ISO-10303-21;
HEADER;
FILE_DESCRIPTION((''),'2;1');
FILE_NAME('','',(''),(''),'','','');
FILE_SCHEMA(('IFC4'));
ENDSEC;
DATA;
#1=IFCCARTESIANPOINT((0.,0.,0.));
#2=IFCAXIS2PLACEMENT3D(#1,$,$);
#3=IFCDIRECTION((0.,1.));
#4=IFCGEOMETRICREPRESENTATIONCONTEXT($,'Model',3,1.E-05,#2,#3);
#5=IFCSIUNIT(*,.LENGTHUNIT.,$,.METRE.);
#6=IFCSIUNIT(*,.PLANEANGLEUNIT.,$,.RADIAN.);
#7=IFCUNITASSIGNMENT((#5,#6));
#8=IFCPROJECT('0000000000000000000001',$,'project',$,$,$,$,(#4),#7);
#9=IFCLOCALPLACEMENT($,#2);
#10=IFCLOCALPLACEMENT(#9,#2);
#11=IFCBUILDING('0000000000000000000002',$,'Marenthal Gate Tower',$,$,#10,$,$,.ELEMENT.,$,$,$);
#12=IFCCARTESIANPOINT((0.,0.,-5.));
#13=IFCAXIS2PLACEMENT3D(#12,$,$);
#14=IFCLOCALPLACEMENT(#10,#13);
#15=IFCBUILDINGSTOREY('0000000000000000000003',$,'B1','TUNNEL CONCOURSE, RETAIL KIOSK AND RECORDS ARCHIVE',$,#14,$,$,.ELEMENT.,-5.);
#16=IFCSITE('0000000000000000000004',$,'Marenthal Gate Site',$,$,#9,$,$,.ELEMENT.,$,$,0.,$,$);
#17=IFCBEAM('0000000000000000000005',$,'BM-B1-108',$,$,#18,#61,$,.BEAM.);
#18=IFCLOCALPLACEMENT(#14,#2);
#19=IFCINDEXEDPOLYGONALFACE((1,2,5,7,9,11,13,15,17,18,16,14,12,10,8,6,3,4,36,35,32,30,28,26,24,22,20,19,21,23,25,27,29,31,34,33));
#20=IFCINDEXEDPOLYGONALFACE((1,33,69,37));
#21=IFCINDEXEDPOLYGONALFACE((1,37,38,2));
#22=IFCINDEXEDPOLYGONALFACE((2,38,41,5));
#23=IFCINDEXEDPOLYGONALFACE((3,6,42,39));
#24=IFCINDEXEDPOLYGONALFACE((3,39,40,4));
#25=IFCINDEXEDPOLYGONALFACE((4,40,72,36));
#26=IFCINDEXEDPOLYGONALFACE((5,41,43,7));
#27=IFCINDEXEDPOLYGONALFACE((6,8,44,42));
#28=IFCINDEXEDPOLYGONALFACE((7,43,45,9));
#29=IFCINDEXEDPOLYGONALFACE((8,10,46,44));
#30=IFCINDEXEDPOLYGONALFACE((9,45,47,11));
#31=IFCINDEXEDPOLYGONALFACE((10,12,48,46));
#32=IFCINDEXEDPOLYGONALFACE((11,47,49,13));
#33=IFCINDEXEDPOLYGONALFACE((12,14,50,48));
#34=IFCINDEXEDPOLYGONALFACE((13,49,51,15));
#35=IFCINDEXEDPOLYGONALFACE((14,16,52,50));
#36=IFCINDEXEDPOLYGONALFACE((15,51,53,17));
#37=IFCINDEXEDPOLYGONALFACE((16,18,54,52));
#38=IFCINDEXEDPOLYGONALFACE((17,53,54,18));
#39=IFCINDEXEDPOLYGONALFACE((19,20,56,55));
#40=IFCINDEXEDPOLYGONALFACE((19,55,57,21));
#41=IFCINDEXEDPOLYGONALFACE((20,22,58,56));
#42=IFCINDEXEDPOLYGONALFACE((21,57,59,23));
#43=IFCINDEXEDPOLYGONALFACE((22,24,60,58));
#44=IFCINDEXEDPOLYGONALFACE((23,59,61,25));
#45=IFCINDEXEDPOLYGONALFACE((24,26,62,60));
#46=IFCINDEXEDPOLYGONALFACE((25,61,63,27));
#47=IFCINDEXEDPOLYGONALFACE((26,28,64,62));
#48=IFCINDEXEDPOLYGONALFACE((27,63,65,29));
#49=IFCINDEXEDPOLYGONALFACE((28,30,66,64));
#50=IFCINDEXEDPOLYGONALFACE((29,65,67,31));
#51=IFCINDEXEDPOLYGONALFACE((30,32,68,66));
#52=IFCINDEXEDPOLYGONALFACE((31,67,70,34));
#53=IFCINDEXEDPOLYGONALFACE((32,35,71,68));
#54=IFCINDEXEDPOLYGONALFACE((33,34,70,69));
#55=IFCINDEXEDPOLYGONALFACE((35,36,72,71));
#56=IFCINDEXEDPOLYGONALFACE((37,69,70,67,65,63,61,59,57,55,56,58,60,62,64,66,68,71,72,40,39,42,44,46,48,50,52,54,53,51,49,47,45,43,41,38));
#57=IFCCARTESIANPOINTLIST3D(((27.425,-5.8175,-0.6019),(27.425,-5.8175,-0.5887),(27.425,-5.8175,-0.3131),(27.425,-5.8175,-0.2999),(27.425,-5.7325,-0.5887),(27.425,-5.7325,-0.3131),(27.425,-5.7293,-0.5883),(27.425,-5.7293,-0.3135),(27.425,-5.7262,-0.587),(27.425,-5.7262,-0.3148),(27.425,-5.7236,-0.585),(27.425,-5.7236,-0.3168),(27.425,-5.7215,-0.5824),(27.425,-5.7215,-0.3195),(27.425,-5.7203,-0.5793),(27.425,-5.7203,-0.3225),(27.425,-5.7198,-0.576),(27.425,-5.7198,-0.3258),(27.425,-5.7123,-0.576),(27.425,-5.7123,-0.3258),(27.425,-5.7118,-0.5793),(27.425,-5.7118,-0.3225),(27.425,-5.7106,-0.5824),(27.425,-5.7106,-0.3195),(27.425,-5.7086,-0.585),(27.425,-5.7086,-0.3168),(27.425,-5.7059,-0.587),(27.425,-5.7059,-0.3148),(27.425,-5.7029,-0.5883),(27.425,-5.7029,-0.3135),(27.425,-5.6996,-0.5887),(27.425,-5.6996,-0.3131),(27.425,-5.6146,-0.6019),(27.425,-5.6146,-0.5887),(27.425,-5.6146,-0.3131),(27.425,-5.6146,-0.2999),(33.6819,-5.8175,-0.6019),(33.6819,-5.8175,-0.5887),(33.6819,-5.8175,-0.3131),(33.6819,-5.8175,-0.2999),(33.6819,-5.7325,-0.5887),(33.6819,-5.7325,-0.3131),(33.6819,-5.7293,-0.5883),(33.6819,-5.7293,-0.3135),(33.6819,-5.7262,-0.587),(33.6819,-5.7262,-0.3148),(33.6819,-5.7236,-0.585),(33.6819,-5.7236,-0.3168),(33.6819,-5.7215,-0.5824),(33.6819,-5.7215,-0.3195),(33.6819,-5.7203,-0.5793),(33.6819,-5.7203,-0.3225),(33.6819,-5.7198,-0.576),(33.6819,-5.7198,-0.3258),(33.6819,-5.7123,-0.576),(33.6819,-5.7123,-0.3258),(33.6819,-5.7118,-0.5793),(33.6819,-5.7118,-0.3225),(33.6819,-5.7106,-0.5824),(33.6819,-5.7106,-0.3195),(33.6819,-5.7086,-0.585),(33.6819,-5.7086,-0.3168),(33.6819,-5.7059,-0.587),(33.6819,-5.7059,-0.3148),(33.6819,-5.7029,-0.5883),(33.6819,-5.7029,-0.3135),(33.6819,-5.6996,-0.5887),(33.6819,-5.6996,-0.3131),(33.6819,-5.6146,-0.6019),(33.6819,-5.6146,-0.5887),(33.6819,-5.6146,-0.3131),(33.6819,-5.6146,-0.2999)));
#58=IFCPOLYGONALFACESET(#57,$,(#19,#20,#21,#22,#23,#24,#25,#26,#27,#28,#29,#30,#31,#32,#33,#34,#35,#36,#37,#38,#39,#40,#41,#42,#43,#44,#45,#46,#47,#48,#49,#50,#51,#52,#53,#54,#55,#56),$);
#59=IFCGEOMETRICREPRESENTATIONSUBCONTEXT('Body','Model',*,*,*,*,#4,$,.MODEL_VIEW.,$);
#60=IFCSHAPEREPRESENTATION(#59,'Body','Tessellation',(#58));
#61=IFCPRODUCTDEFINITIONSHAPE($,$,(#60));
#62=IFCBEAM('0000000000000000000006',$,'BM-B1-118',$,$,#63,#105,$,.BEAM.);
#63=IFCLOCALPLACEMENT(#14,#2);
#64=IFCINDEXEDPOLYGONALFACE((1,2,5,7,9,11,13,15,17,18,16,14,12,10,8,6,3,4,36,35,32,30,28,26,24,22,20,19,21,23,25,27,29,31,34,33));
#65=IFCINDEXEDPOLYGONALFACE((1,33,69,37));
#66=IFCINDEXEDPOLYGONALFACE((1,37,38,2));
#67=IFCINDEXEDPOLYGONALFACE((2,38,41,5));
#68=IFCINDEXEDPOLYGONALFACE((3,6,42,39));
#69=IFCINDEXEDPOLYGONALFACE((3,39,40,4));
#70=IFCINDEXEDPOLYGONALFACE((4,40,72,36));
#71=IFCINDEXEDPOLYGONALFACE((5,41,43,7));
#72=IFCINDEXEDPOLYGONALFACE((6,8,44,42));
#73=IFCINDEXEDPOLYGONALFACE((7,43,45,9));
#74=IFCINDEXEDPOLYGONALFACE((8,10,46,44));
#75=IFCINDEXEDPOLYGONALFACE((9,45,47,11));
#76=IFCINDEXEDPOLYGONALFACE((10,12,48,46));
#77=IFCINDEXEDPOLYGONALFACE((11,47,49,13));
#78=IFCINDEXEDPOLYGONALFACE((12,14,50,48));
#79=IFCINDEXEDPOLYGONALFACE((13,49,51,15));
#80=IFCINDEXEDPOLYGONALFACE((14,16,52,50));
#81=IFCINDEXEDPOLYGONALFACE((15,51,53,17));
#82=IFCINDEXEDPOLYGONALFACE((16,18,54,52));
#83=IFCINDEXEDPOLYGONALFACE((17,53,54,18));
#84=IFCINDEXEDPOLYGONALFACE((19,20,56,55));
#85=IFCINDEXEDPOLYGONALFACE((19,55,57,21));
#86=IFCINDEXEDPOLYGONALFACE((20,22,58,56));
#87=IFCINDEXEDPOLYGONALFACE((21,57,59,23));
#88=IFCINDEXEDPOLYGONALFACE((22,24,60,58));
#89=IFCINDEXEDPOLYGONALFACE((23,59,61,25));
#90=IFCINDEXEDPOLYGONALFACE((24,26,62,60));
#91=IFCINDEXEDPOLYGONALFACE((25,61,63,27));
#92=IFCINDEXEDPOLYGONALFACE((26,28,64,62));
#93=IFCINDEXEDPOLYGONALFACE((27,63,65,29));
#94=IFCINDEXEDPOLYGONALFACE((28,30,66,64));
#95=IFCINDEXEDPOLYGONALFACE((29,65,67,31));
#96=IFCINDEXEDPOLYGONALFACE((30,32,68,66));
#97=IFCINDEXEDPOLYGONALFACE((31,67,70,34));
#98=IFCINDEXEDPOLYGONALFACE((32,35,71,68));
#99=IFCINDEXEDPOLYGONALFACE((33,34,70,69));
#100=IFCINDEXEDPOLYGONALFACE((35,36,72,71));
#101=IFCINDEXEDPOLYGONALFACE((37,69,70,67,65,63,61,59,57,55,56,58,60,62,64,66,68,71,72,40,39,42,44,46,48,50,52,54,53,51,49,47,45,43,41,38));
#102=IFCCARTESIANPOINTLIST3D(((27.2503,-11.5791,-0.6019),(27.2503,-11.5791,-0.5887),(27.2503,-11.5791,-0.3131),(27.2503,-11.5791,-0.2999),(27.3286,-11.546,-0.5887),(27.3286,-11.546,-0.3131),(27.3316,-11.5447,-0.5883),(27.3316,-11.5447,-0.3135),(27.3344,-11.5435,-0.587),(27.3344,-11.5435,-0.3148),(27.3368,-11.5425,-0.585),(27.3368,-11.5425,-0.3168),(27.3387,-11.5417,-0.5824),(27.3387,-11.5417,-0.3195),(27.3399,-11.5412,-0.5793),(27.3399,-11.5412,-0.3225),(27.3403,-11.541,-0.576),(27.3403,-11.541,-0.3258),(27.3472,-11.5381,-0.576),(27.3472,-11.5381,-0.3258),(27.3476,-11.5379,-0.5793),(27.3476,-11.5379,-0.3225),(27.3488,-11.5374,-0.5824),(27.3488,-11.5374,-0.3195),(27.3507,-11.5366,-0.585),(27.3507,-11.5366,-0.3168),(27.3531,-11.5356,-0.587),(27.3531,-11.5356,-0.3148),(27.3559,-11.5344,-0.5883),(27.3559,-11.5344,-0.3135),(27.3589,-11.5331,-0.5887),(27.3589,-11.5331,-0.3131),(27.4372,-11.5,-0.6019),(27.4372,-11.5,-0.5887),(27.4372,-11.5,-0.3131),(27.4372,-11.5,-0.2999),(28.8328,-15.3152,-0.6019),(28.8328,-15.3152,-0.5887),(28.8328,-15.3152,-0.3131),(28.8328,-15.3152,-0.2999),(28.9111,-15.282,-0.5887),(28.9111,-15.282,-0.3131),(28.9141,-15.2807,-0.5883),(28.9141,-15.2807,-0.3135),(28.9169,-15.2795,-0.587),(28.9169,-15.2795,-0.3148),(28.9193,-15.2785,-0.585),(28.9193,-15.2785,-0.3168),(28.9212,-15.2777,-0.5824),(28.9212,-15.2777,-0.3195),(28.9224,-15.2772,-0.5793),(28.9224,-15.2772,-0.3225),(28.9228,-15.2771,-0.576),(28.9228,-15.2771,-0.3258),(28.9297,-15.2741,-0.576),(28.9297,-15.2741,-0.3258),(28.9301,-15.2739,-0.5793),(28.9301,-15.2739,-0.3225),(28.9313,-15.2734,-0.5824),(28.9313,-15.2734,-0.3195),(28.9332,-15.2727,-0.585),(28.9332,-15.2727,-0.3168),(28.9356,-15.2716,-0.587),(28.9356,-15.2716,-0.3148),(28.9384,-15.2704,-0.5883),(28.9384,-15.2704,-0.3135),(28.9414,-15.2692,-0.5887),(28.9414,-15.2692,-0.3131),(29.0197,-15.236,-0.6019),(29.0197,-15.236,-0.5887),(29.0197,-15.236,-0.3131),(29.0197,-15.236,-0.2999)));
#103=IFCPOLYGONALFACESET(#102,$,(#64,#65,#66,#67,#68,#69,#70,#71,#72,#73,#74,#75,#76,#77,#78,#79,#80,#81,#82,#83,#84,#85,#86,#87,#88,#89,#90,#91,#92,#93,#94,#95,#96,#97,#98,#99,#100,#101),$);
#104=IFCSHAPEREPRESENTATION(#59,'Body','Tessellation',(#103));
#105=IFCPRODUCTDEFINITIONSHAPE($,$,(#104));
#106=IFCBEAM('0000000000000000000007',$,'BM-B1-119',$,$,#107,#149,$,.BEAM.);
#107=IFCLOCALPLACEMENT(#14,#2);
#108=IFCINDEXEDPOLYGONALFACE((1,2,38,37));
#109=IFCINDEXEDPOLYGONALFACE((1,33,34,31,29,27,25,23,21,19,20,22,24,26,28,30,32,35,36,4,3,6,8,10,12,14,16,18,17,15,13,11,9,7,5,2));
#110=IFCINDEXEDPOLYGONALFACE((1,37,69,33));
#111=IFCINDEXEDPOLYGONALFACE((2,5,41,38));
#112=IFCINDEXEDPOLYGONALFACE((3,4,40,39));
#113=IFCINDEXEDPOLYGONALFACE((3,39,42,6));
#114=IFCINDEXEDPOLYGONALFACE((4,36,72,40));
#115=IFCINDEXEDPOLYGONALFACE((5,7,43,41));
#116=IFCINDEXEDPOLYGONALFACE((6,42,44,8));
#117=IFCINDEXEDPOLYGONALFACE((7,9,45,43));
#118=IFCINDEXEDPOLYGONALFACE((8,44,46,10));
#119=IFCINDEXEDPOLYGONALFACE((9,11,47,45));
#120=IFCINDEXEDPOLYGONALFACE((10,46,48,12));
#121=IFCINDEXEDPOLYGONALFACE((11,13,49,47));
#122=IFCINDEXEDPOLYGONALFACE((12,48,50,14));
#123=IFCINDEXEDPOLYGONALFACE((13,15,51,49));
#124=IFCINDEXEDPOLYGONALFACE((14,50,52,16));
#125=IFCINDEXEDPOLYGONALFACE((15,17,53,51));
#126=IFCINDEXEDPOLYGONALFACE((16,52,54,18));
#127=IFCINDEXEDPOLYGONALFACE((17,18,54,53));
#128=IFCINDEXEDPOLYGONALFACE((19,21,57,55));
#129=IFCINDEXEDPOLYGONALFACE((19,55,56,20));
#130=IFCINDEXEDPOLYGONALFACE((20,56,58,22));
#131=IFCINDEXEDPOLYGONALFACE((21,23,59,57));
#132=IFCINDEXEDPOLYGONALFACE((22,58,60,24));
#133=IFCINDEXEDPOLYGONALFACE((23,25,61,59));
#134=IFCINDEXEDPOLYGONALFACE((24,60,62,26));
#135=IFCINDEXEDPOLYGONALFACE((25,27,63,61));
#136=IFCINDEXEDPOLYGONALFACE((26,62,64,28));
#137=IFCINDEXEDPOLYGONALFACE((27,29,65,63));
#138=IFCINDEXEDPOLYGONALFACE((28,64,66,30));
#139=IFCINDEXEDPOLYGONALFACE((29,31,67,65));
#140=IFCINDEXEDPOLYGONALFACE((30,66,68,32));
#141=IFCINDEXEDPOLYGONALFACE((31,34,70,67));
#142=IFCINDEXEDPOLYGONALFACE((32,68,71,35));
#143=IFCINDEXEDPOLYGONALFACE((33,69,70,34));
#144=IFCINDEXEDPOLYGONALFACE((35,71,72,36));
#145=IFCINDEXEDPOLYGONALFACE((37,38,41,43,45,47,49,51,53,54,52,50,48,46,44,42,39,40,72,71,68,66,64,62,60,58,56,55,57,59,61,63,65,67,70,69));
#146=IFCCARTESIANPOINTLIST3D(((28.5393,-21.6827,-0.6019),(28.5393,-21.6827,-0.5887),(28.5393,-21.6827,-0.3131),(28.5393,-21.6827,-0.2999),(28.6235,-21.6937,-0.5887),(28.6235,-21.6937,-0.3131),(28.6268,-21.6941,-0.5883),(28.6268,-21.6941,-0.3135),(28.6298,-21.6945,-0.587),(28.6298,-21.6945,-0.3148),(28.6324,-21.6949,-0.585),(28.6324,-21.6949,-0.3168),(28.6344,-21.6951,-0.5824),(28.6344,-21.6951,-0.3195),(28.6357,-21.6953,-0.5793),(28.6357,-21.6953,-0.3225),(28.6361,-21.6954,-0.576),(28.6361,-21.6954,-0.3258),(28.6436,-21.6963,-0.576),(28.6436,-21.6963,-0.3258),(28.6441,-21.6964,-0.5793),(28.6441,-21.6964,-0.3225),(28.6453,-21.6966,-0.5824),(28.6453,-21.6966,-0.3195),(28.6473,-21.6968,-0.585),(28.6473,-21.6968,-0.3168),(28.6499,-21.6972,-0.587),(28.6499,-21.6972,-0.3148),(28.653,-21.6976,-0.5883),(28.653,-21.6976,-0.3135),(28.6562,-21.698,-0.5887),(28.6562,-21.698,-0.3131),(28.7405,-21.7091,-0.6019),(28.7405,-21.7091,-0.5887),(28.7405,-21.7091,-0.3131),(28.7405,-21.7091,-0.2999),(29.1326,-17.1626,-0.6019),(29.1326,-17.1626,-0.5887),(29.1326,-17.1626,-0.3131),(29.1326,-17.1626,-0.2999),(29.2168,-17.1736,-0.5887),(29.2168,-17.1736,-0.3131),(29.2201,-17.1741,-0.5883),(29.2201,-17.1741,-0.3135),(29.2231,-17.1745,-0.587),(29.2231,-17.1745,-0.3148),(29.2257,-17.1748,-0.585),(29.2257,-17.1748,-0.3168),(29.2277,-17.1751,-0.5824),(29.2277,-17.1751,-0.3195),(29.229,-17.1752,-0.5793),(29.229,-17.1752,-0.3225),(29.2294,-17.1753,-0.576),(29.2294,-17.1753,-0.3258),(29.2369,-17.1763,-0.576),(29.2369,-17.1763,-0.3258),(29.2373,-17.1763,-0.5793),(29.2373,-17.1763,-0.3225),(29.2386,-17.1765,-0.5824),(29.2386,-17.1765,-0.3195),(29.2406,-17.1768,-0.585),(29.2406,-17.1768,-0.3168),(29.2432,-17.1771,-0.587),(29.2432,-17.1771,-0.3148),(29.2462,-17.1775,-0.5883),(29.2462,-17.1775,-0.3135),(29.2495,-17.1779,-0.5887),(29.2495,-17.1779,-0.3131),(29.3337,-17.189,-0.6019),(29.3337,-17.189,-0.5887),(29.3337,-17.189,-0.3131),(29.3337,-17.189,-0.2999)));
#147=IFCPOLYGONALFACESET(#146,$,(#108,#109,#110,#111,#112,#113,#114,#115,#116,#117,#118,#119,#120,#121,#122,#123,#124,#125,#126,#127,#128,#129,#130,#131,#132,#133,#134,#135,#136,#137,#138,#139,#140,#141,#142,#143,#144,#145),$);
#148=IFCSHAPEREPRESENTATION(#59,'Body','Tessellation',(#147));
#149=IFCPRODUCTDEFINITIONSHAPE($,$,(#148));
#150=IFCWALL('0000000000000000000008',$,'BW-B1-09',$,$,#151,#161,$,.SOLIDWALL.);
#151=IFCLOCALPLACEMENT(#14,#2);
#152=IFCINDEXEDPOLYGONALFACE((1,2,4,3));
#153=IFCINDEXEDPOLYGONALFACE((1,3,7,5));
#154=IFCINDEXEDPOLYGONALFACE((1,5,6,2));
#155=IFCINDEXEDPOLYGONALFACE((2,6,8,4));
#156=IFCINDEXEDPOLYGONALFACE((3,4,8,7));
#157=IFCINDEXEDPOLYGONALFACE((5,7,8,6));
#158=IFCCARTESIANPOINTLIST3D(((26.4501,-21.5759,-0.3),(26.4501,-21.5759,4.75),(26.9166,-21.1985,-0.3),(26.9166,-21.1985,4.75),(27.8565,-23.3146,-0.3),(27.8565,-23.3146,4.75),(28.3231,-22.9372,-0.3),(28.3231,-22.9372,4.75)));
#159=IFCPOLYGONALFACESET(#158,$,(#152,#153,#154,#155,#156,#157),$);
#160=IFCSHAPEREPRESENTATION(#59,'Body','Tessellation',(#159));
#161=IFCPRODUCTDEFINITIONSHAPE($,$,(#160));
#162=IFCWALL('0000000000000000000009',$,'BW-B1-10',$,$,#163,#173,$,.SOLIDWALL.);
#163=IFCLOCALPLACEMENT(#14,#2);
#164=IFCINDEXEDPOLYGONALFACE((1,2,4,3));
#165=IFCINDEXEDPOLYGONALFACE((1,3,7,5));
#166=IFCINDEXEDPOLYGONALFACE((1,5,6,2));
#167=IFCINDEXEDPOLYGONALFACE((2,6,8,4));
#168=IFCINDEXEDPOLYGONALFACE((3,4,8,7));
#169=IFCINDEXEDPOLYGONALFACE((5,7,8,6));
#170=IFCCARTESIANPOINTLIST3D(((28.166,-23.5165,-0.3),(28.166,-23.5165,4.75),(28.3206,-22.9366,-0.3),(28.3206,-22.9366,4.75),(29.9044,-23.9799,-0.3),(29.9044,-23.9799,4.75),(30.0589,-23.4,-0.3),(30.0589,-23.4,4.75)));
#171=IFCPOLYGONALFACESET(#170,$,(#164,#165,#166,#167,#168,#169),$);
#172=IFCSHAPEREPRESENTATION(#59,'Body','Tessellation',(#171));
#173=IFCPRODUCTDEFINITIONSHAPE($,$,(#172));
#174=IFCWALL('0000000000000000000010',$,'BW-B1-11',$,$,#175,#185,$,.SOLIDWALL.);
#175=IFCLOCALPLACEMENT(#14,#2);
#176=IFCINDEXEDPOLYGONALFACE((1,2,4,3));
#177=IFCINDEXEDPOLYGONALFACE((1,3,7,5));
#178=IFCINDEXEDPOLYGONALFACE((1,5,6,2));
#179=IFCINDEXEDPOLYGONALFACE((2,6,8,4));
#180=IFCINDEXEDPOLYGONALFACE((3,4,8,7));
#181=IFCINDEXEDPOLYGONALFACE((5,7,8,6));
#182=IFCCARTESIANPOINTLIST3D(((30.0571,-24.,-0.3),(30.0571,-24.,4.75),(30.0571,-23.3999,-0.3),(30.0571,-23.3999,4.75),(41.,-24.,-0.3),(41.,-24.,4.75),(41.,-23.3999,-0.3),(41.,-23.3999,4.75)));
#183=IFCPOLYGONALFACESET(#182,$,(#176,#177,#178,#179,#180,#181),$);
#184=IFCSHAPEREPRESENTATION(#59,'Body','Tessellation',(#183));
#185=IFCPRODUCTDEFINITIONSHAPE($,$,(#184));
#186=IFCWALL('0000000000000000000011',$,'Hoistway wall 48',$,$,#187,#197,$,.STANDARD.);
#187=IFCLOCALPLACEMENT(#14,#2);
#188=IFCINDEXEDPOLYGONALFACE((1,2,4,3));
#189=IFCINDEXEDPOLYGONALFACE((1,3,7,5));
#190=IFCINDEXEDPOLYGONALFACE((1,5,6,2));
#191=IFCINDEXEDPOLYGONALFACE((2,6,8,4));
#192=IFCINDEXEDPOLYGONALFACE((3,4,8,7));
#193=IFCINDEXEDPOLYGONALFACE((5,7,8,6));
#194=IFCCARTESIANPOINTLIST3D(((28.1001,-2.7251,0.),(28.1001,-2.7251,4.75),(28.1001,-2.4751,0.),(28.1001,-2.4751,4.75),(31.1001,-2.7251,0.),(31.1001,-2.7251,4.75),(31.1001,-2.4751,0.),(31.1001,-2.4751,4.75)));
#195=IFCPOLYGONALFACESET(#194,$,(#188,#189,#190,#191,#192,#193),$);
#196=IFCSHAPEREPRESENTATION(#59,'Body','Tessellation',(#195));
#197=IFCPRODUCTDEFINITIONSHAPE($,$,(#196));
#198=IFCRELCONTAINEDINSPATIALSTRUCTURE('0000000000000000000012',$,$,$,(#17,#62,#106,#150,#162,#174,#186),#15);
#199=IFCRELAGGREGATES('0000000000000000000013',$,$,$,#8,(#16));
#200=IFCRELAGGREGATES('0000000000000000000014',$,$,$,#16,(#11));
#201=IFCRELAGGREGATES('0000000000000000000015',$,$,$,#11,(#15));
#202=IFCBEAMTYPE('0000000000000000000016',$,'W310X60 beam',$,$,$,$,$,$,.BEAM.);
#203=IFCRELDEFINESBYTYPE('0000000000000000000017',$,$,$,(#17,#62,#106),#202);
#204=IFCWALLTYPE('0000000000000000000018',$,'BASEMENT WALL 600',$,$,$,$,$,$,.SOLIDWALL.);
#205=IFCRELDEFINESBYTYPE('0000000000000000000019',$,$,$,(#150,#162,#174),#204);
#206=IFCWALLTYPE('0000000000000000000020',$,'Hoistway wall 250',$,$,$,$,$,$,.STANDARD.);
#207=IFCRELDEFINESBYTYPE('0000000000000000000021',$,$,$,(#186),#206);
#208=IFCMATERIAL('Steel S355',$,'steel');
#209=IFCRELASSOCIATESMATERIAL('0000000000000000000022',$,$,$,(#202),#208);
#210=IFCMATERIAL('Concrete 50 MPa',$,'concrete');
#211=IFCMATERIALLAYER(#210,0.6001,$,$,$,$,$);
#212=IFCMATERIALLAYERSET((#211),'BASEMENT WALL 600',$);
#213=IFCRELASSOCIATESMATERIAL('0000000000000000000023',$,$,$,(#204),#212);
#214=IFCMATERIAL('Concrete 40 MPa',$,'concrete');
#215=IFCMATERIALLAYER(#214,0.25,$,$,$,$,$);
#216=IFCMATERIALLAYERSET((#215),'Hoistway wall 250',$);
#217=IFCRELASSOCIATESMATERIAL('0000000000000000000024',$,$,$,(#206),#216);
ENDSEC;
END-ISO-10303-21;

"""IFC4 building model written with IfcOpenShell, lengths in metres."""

from ifc_helpers import new_model, si_unit, direction, frame, frame_2d, origin, origin_2d, place, context, subcontext, project, spatial, rectangle, i_section, extrude, material, layer, layer_set, material_profile, profile_set, type_object, element, save


model = new_model("IFC4")

# Units and contexts
model_context = context("Model", 3, precision=1e-05, world=origin(), true_north=direction((0.0, 1.0)))
body_context = subcontext(model_context, "Body", "Model", "MODEL_VIEW")
ifc_project = project(units=[si_unit("LENGTHUNIT", "METRE"), si_unit("PLANEANGLEUNIT", "RADIAN")], contexts=[model_context])

# Site, building, storey
site_placement = place(None, origin())
site = spatial("IfcSite", under=ifc_project, at=site_placement, Name="Marenthal Gate Site", CompositionType="ELEMENT", RefElevation=0.0)
building_placement = place(site_placement, origin())
building = spatial("IfcBuilding", under=site, at=building_placement, Name="Marenthal Gate Tower", CompositionType="ELEMENT")
storey_placement = place(building_placement, frame((0.0, 0.0, -5.0)))
storey = spatial("IfcBuildingStorey", under=building, at=storey_placement, Name="B1", Description="TUNNEL CONCOURSE, RETAIL KIOSK AND RECORDS ARCHIVE", CompositionType="ELEMENT", Elevation=-5.0)

# Beams
ifc_material_1 = material(Name="Steel S355", Category="steel")
ifc_material_profile_1 = material_profile(ifc_material_1, i_section(OverallWidth=0.2029, OverallDepth=0.302, WebThickness=0.0076, FlangeThickness=0.0132, FilletRadius=0.0127, at=origin_2d()), Name="W310X60")
ifc_profile_set_1 = profile_set([ifc_material_profile_1], Name="Steel S355")
beam_type_1 = type_object("IfcBeamType", Name="W310X60 beam", PredefinedType="BEAM", material=ifc_profile_set_1)
beam_1_placement = place(storey_placement, frame((27.425, -5.7161, -0.4509), z_axis=(1.0, 0.0, 0.0), x_axis=(0.0, 1.0, 0.0)))
element("IfcBeam", 1, at=beam_1_placement, inside=storey, type_object=beam_type_1, Name="BM-B1-108", PredefinedType="BEAM", context=body_context, shape_type="SweptSolid", body=[
    extrude(i_section(OverallWidth=0.2029, OverallDepth=0.302, WebThickness=0.0076, FlangeThickness=0.0132, FilletRadius=0.0127, at=origin_2d()), origin(), (0.0, 0.0, 1.0), 6.2568),
])
beam_2_placement = place(storey_placement, frame((27.3438, -11.5396, -0.4509), z_axis=(0.390031, -0.920802, 0.0), x_axis=(0.920802, 0.390031, 0.0)))
element("IfcBeam", 2, at=beam_2_placement, inside=storey, type_object=beam_type_1, Name="BM-B1-118", PredefinedType="BEAM", context=body_context, shape_type="SweptSolid", body=[
    extrude(i_section(OverallWidth=0.2029, OverallDepth=0.302, WebThickness=0.0076, FlangeThickness=0.0132, FilletRadius=0.0127, at=origin_2d()), origin(), (0.0, 0.0, 1.0), 4.0574),
])
beam_3_placement = place(storey_placement, frame((29.2332, -17.1758, -0.4509), z_axis=(-0.130136, -0.991496, 0.0), x_axis=(0.991496, -0.130136, 0.0)))
element("IfcBeam", 3, at=beam_3_placement, inside=storey, type_object=beam_type_1, Name="BM-B1-119", PredefinedType="BEAM", context=body_context, shape_type="SweptSolid", body=[
    extrude(i_section(OverallWidth=0.2029, OverallDepth=0.302, WebThickness=0.0076, FlangeThickness=0.0132, FilletRadius=0.0127, at=origin_2d()), origin(), (0.0, 0.0, 1.0), 4.5588),
])

# Walls
ifc_material_2 = material(Name="Concrete 50 MPa", Category="concrete")
ifc_layer_1 = layer(ifc_material_2, 0.6001)
ifc_layer_set_1 = layer_set([ifc_layer_1], Name="BASEMENT WALL 600")
wall_type_1 = type_object("IfcWallType", Name="BASEMENT WALL 600", PredefinedType="SOLIDWALL", material=ifc_layer_set_1)
wall_1_placement = place(storey_placement, frame((26.6833, -21.3872, -0.3), z_axis=(0.0, 0.0, 1.0), x_axis=(0.628906, -0.777481, 0.0)))
element("IfcWall", 4, at=wall_1_placement, inside=storey, type_object=wall_type_1, Name="BW-B1-09", PredefinedType="SOLIDWALL", context=body_context, shape_type="SweptSolid", body=[
    extrude(rectangle(XDim=2.2363, YDim=0.6001, at=frame_2d((1.1182, 0.0))), origin(), (0.0, 0.0, 1.0), 5.05),
])
wall_2_placement = place(storey_placement, frame((28.2434, -23.2266, -0.3), z_axis=(0.0, 0.0, 1.0), x_axis=(0.966257, -0.257578, 0.0)))
element("IfcWall", 5, at=wall_2_placement, inside=storey, type_object=wall_type_1, Name="BW-B1-10", PredefinedType="SOLIDWALL", context=body_context, shape_type="SweptSolid", body=[
    extrude(rectangle(XDim=1.7991, YDim=0.6001, at=frame_2d((0.8994, 0.0))), origin(), (0.0, 0.0, 1.0), 5.05),
])
wall_3_placement = place(storey_placement, frame((30.0571, -23.7, -0.3), z_axis=(0.0, 0.0, 1.0), x_axis=(1.0, 0.0, 0.0)))
element("IfcWall", 6, at=wall_3_placement, inside=storey, type_object=wall_type_1, Name="BW-B1-11", PredefinedType="SOLIDWALL", context=body_context, shape_type="SweptSolid", body=[
    extrude(rectangle(XDim=10.9429, YDim=0.6001, at=frame_2d((5.4714, 0.0))), origin(), (0.0, 0.0, 1.0), 5.05),
])
ifc_material_3 = material(Name="Concrete 40 MPa", Category="concrete")
ifc_layer_2 = layer(ifc_material_3, 0.25)
ifc_layer_set_2 = layer_set([ifc_layer_2], Name="Hoistway wall 250")
wall_type_2 = type_object("IfcWallType", Name="Hoistway wall 250", PredefinedType="STANDARD", material=ifc_layer_set_2)
wall_4_placement = place(storey_placement, frame((28.1001, -2.6001, 0.0), z_axis=(0.0, 0.0, 1.0), x_axis=(1.0, 0.0, 0.0)))
element("IfcWall", 7, at=wall_4_placement, inside=storey, type_object=wall_type_2, Name="Hoistway wall 48", PredefinedType="STANDARD", context=body_context, shape_type="SweptSolid", body=[
    extrude(rectangle(XDim=3.0, YDim=0.25, at=frame_2d((1.5, 0.0))), origin(), (0.0, 0.0, 1.0), 4.75),
])

save(model, "model.ifc")
